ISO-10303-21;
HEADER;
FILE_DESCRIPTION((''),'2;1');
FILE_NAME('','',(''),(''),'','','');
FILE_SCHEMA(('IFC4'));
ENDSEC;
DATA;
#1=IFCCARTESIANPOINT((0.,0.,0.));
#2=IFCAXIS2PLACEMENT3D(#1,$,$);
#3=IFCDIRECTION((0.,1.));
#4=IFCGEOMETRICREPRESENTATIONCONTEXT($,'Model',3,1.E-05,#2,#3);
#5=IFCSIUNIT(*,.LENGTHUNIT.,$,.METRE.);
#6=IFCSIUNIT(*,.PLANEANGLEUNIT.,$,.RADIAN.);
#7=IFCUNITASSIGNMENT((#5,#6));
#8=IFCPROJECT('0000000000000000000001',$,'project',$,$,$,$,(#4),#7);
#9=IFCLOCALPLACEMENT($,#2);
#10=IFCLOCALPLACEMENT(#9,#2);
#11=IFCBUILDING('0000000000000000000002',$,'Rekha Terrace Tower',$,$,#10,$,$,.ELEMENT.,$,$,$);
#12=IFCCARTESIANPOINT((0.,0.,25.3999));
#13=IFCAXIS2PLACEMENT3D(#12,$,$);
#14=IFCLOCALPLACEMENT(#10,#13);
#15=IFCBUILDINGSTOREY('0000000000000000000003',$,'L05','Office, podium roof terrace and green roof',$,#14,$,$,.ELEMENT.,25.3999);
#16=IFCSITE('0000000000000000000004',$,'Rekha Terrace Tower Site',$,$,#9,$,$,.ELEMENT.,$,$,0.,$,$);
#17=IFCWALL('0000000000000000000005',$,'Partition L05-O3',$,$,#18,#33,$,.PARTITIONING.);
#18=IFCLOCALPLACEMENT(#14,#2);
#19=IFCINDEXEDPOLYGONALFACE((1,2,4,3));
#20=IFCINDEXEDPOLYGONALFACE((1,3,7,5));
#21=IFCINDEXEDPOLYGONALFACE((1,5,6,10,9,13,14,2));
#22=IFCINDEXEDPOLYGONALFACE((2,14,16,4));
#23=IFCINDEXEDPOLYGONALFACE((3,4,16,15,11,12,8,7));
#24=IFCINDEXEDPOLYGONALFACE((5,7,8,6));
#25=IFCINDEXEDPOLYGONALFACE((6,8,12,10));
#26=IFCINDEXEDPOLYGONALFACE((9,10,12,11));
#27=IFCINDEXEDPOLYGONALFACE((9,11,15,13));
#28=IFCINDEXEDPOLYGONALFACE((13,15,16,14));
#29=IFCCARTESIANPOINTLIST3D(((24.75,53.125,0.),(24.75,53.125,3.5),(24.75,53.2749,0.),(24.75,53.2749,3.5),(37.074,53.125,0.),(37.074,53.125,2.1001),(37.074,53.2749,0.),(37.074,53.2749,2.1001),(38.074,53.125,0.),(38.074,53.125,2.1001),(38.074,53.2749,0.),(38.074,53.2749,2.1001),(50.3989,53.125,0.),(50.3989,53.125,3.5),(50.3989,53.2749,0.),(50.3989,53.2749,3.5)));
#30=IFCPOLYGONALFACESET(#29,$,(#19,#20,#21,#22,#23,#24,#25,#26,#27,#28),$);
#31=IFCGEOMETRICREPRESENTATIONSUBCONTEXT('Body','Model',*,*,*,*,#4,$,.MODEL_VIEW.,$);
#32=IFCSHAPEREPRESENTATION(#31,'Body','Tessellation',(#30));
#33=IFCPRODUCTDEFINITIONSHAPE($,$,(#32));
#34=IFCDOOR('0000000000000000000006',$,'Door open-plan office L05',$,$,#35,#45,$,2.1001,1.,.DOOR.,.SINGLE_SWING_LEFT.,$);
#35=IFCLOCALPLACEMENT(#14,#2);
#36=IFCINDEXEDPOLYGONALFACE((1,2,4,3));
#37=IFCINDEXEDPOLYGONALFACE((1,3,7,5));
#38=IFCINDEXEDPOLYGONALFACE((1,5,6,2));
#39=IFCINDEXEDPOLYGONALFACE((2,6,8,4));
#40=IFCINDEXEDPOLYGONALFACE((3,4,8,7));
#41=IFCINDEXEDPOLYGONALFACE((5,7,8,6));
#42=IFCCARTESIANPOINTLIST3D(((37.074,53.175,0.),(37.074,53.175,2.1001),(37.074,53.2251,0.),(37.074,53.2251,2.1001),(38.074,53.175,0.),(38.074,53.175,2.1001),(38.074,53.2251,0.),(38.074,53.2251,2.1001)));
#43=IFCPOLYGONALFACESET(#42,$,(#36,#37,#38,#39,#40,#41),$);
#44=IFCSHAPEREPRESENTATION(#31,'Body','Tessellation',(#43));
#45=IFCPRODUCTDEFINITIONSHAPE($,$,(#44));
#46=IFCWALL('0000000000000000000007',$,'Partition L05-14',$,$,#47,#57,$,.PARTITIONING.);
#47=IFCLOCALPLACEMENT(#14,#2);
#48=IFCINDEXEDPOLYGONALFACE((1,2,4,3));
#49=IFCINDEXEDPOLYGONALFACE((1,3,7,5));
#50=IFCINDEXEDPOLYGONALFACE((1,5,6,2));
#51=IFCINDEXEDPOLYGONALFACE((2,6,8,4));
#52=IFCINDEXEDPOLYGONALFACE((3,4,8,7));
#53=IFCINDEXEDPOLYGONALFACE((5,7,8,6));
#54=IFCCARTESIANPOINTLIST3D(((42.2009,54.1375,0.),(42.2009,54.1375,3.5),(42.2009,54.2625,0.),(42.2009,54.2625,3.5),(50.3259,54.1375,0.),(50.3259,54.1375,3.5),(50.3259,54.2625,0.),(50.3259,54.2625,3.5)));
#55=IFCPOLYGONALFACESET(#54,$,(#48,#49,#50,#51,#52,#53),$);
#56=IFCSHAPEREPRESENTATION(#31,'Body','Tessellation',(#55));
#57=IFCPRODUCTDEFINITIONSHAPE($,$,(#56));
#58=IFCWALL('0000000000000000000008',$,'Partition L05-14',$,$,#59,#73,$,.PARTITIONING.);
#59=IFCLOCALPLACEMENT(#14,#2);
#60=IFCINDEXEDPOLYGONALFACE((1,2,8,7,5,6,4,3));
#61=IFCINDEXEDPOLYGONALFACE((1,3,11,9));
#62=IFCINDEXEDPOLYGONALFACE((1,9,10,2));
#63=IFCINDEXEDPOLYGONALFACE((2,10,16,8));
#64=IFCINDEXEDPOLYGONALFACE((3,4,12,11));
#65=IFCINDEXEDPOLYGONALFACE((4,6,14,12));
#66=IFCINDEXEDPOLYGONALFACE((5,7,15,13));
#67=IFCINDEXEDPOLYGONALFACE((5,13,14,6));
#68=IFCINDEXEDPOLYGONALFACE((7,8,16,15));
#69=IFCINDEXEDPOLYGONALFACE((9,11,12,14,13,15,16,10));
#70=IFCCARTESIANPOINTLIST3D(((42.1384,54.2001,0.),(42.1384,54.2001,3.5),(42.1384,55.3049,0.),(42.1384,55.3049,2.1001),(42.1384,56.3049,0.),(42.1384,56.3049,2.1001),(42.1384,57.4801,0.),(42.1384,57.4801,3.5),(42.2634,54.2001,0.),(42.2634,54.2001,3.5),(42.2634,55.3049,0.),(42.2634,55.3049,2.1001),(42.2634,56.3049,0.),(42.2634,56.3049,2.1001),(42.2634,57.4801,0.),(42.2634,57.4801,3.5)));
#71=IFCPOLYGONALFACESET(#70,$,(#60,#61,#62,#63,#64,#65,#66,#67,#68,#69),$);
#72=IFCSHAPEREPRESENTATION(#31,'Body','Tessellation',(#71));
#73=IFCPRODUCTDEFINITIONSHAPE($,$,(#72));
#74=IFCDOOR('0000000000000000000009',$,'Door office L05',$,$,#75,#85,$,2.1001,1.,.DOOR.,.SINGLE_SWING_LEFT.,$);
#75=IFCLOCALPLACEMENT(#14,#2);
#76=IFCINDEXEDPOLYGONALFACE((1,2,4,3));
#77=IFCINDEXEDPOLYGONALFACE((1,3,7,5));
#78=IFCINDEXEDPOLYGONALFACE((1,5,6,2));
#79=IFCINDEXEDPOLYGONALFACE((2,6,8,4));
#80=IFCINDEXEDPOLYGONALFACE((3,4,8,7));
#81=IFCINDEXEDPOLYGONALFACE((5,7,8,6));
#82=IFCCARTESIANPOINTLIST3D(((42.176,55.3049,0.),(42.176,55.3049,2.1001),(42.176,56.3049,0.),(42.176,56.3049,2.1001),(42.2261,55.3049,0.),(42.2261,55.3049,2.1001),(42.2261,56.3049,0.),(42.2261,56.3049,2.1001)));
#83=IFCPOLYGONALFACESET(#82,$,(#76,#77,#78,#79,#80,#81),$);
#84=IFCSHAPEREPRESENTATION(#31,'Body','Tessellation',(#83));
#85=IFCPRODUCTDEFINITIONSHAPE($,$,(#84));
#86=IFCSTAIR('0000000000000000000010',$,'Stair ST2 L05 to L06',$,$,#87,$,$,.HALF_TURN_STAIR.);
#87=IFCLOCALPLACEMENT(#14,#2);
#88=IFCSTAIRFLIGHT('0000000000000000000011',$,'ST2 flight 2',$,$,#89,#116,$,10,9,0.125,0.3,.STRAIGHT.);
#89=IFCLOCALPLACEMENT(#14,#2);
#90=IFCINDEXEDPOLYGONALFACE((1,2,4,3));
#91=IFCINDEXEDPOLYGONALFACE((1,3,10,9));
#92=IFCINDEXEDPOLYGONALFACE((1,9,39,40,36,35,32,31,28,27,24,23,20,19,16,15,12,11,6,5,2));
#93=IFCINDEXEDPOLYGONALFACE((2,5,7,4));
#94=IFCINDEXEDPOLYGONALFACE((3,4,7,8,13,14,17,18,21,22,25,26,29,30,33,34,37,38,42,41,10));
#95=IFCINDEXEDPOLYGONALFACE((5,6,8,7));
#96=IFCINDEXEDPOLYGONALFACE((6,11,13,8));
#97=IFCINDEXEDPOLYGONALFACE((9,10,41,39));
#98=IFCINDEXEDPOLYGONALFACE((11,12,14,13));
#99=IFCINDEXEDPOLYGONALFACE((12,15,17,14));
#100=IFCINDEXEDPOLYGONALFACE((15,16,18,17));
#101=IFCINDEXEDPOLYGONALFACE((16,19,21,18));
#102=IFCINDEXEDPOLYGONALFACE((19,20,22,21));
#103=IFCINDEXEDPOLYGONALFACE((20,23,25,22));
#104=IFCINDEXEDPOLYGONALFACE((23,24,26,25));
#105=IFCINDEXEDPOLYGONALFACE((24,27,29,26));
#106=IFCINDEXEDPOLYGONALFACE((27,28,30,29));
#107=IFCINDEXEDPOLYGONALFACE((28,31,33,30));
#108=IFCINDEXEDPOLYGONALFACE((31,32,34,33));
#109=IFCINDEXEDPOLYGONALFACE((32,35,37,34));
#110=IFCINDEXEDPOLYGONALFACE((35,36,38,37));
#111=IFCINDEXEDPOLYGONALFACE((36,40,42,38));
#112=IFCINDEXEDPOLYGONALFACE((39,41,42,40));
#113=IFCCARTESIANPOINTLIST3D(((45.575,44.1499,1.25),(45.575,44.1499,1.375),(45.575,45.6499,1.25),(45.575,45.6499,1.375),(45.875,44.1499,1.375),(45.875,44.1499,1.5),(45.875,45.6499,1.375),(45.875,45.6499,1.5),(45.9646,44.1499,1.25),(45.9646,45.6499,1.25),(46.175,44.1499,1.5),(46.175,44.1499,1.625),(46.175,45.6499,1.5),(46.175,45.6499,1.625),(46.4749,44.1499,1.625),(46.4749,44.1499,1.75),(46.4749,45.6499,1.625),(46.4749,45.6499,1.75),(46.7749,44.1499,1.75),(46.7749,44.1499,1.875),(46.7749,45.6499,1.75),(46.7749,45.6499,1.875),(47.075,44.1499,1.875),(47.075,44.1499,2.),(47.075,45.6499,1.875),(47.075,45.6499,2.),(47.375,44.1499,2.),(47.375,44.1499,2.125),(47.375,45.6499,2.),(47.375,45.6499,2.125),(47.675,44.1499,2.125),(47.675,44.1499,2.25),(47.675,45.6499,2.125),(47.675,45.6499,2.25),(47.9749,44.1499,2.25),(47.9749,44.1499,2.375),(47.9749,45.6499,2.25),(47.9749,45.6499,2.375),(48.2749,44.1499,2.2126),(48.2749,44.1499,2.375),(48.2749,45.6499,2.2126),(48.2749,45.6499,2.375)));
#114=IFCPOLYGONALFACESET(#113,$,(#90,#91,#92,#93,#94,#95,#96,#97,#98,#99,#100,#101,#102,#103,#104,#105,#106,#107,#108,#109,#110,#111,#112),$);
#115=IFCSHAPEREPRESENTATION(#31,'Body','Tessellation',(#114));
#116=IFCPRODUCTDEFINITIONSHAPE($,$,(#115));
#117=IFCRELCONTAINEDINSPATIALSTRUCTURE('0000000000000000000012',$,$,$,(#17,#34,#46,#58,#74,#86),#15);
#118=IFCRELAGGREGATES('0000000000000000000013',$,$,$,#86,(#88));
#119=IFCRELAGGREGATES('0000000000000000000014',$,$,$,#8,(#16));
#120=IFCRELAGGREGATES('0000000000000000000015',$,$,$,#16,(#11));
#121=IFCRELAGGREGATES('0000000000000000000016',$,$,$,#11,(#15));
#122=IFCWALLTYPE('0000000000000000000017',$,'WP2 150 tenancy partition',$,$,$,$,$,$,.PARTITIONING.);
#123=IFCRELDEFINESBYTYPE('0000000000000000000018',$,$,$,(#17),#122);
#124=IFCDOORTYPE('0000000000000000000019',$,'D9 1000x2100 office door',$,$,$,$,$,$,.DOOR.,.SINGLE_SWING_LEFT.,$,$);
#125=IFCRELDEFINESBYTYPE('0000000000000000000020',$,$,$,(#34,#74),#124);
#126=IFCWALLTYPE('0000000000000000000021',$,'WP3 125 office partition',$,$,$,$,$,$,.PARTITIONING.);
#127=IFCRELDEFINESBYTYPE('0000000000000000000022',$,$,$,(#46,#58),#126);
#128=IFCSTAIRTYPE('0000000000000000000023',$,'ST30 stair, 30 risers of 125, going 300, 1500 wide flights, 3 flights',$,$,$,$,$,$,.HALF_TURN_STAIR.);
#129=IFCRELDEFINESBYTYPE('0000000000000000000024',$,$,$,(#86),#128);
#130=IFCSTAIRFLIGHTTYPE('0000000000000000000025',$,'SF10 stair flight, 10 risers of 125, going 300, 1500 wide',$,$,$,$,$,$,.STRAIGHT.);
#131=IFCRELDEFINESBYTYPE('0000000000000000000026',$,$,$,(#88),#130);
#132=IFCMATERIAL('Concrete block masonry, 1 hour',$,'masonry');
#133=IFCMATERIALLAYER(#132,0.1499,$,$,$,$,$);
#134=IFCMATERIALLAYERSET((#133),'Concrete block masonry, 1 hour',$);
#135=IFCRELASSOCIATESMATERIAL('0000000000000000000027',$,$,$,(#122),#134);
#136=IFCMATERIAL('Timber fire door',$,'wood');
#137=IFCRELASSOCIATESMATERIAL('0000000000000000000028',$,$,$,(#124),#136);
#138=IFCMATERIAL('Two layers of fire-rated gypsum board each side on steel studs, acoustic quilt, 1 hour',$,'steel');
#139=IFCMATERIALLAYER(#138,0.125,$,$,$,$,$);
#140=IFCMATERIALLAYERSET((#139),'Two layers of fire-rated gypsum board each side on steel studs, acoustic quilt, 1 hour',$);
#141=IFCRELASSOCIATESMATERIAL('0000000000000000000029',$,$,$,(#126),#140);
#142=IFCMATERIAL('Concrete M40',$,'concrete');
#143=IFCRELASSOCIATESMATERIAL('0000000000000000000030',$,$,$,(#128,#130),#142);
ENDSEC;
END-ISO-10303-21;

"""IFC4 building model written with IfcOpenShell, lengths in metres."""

from ifc_helpers import new_model, si_unit, direction, frame, frame_2d, origin, place, context, subcontext, project, spatial, polyline, rectangle, outline, extrude, material, layer, layer_set, type_object, element, fill, aggregate, save


model = new_model("IFC4")

# Units and contexts
model_context = context("Model", 3, precision=1e-05, world=origin(), true_north=direction((0.0, 1.0)))
body_context = subcontext(model_context, "Body", "Model", "MODEL_VIEW")
ifc_project = project(units=[si_unit("LENGTHUNIT", "METRE"), si_unit("PLANEANGLEUNIT", "RADIAN")], contexts=[model_context])

# Site, building, storey
site_placement = place(None, origin())
site = spatial("IfcSite", under=ifc_project, at=site_placement, Name="Rekha Terrace Tower Site", CompositionType="ELEMENT", RefElevation=0.0)
building_placement = place(site_placement, origin())
building = spatial("IfcBuilding", under=site, at=building_placement, Name="Rekha Terrace Tower", CompositionType="ELEMENT")
storey_placement = place(building_placement, frame((0.0, 0.0, 25.3999)))
storey = spatial("IfcBuildingStorey", under=building, at=storey_placement, Name="L05", Description="Office, podium roof terrace and green roof", CompositionType="ELEMENT", Elevation=25.3999)

# Shared definitions
ifc_material_1 = material(Name="Concrete block masonry, 1 hour", Category="masonry")
ifc_layer_1 = layer(ifc_material_1, 0.1499)
ifc_layer_set_1 = layer_set([ifc_layer_1], Name="Concrete block masonry, 1 hour")
wall_type_1 = type_object("IfcWallType", Name="WP2 150 tenancy partition", PredefinedType="PARTITIONING", material=ifc_layer_set_1)

# Wall, opening, door
wall_1_placement = place(storey_placement, frame((50.3989, 53.2, 0.0), z_axis=(0.0, 0.0, 1.0), x_axis=(-1.0, 0.0, 0.0)))
wall_1 = element("IfcWall", 1, at=wall_1_placement, inside=storey, type_object=wall_type_1, Name="Partition L05-O3", PredefinedType="PARTITIONING", context=body_context, shape_type="SweptSolid", body=[
    extrude(rectangle(XDim=25.6489, YDim=0.1499, at=frame_2d((12.8245, 0.0))), origin(), (0.0, 0.0, 1.0), 3.5),
])
opening_1_placement = place(wall_1_placement, frame((12.325, 0.0, 0.0)))
opening_1 = element("IfcOpeningElement", 2, at=opening_1_placement, cuts=wall_1, PredefinedType="OPENING", context=body_context, shape_type="SweptSolid", body=[
    extrude(rectangle(XDim=1.0, YDim=2.1001, at=frame_2d((0.5, 1.05))), frame((0.0, 0.085, 0.0), z_axis=(0.0, -1.0, 0.0), x_axis=(1.0, 0.0, 0.0)), (0.0, 0.0, 1.0), 0.1699),
])
ifc_material_2 = material(Name="Timber fire door", Category="wood")
door_type_1 = type_object("IfcDoorType", Name="D9 1000x2100 office door", OperationType="SINGLE_SWING_LEFT", PredefinedType="DOOR", material=ifc_material_2)
door_1_placement = place(opening_1_placement, origin())
door_1 = element("IfcDoor", 3, at=door_1_placement, inside=storey, type_object=door_type_1, Name="Door open-plan office L05", OperationType="SINGLE_SWING_LEFT", OverallHeight=2.1001, OverallWidth=1.0, PredefinedType="DOOR", context=body_context, shape_type="SweptSolid", body=[
    extrude(rectangle(XDim=1.0, YDim=2.1001, at=frame_2d((0.5, 1.05))), frame((0.0, 0.0249, 0.0), z_axis=(0.0, -1.0, 0.0), x_axis=(1.0, 0.0, 0.0)), (0.0, 0.0, 1.0), 0.05),
])
fill(opening_1, door_1)

# Wall
ifc_material_3 = material(Name="Two layers of fire-rated gypsum board each side on steel studs, acoustic quilt, 1 hour", Category="steel")
ifc_layer_2 = layer(ifc_material_3, 0.125)
ifc_layer_set_2 = layer_set([ifc_layer_2], Name="Two layers of fire-rated gypsum board each side on steel studs, acoustic quilt, 1 hour")
wall_type_2 = type_object("IfcWallType", Name="WP3 125 office partition", PredefinedType="PARTITIONING", material=ifc_layer_set_2)
wall_2_placement = place(storey_placement, frame((50.3259, 54.2, 0.0), z_axis=(0.0, 0.0, 1.0), x_axis=(-1.0, 0.0, 0.0)))
element("IfcWall", 4, at=wall_2_placement, inside=storey, type_object=wall_type_2, Name="Partition L05-14", PredefinedType="PARTITIONING", context=body_context, shape_type="SweptSolid", body=[
    extrude(rectangle(XDim=8.125, YDim=0.125, at=frame_2d((4.0625, 0.0))), origin(), (0.0, 0.0, 1.0), 3.5),
])

# Wall, opening, door
wall_3_placement = place(storey_placement, frame((42.2009, 54.2, 0.0), z_axis=(0.0, 0.0, 1.0), x_axis=(0.0, 1.0, 0.0)))
wall_3 = element("IfcWall", 5, at=wall_3_placement, inside=storey, type_object=wall_type_2, Name="Partition L05-14", PredefinedType="PARTITIONING", context=body_context, shape_type="SweptSolid", body=[
    extrude(rectangle(XDim=3.28, YDim=0.125, at=frame_2d((1.6401, 0.0))), origin(), (0.0, 0.0, 1.0), 3.5),
])
opening_2_placement = place(wall_3_placement, frame((1.105, 0.0, 0.0)))
opening_2 = element("IfcOpeningElement", 6, at=opening_2_placement, cuts=wall_3, PredefinedType="OPENING", context=body_context, shape_type="SweptSolid", body=[
    extrude(rectangle(XDim=1.0, YDim=2.1001, at=frame_2d((0.5, 1.05))), frame((0.0, 0.0725, 0.0), z_axis=(0.0, -1.0, 0.0), x_axis=(1.0, 0.0, 0.0)), (0.0, 0.0, 1.0), 0.145),
])
door_2_placement = place(opening_2_placement, origin())
door_2 = element("IfcDoor", 7, at=door_2_placement, inside=storey, type_object=door_type_1, Name="Door office L05", OperationType="SINGLE_SWING_LEFT", OverallHeight=2.1001, OverallWidth=1.0, PredefinedType="DOOR", context=body_context, shape_type="SweptSolid", body=[
    extrude(rectangle(XDim=1.0, YDim=2.1001, at=frame_2d((0.5, 1.05))), frame((0.0, 0.0249, 0.0), z_axis=(0.0, -1.0, 0.0), x_axis=(1.0, 0.0, 0.0)), (0.0, 0.0, 1.0), 0.05),
])
fill(opening_2, door_2)

# Stair, stair flight
ifc_material_4 = material(Name="Concrete M40", Category="concrete")
stair_type = type_object("IfcStairType", Name="ST30 stair, 30 risers of 125, going 300, 1500 wide flights, 3 flights", PredefinedType="HALF_TURN_STAIR", material=ifc_material_4)
stair_placement = place(storey_placement, origin())
stair = element("IfcStair", 8, at=stair_placement, inside=storey, type_object=stair_type, Name="Stair ST2 L05 to L06", PredefinedType="HALF_TURN_STAIR")
stair_flight_type = type_object("IfcStairFlightType", Name="SF10 stair flight, 10 risers of 125, going 300, 1500 wide", PredefinedType="STRAIGHT", material=ifc_material_4)
stair_flight_placement = place(storey_placement, frame((45.575, 44.8999, 1.25), z_axis=(0.0, 0.0, 1.0), x_axis=(1.0, 0.0, 0.0)))
stair_flight = element("IfcStairFlight", 9, at=stair_flight_placement, type_object=stair_flight_type, Name="ST2 flight 2", NumberOfRisers=10, NumberOfTreads=9, PredefinedType="STRAIGHT", RiserHeight=0.125, TreadLength=0.3, context=body_context, shape_type="SweptSolid", body=[
    extrude(outline(polyline([(0.0, 0.0), (0.0, 0.125), (0.3, 0.125), (0.3, 0.25), (0.6001, 0.25), (0.6001, 0.375), (0.8999, 0.375), (0.8999, 0.5), (1.2, 0.5), (1.2, 0.625), (1.5, 0.625), (1.5, 0.75), (1.8, 0.75), (1.8, 0.875), (2.1001, 0.875), (2.1001, 1.0), (2.3999, 1.0), (2.3999, 1.125), (2.7, 1.125), (2.7, 1.25), (2.7, 0.9626), (0.3896, 0.0), (0.0, 0.0)])), frame((0.0, 0.75, 0.0), z_axis=(0.0, -1.0, 0.0), x_axis=(1.0, 0.0, 0.0)), (0.0, 0.0, 1.0), 1.5),
])
aggregate(stair, [stair_flight])

save(model, "model.ifc")
